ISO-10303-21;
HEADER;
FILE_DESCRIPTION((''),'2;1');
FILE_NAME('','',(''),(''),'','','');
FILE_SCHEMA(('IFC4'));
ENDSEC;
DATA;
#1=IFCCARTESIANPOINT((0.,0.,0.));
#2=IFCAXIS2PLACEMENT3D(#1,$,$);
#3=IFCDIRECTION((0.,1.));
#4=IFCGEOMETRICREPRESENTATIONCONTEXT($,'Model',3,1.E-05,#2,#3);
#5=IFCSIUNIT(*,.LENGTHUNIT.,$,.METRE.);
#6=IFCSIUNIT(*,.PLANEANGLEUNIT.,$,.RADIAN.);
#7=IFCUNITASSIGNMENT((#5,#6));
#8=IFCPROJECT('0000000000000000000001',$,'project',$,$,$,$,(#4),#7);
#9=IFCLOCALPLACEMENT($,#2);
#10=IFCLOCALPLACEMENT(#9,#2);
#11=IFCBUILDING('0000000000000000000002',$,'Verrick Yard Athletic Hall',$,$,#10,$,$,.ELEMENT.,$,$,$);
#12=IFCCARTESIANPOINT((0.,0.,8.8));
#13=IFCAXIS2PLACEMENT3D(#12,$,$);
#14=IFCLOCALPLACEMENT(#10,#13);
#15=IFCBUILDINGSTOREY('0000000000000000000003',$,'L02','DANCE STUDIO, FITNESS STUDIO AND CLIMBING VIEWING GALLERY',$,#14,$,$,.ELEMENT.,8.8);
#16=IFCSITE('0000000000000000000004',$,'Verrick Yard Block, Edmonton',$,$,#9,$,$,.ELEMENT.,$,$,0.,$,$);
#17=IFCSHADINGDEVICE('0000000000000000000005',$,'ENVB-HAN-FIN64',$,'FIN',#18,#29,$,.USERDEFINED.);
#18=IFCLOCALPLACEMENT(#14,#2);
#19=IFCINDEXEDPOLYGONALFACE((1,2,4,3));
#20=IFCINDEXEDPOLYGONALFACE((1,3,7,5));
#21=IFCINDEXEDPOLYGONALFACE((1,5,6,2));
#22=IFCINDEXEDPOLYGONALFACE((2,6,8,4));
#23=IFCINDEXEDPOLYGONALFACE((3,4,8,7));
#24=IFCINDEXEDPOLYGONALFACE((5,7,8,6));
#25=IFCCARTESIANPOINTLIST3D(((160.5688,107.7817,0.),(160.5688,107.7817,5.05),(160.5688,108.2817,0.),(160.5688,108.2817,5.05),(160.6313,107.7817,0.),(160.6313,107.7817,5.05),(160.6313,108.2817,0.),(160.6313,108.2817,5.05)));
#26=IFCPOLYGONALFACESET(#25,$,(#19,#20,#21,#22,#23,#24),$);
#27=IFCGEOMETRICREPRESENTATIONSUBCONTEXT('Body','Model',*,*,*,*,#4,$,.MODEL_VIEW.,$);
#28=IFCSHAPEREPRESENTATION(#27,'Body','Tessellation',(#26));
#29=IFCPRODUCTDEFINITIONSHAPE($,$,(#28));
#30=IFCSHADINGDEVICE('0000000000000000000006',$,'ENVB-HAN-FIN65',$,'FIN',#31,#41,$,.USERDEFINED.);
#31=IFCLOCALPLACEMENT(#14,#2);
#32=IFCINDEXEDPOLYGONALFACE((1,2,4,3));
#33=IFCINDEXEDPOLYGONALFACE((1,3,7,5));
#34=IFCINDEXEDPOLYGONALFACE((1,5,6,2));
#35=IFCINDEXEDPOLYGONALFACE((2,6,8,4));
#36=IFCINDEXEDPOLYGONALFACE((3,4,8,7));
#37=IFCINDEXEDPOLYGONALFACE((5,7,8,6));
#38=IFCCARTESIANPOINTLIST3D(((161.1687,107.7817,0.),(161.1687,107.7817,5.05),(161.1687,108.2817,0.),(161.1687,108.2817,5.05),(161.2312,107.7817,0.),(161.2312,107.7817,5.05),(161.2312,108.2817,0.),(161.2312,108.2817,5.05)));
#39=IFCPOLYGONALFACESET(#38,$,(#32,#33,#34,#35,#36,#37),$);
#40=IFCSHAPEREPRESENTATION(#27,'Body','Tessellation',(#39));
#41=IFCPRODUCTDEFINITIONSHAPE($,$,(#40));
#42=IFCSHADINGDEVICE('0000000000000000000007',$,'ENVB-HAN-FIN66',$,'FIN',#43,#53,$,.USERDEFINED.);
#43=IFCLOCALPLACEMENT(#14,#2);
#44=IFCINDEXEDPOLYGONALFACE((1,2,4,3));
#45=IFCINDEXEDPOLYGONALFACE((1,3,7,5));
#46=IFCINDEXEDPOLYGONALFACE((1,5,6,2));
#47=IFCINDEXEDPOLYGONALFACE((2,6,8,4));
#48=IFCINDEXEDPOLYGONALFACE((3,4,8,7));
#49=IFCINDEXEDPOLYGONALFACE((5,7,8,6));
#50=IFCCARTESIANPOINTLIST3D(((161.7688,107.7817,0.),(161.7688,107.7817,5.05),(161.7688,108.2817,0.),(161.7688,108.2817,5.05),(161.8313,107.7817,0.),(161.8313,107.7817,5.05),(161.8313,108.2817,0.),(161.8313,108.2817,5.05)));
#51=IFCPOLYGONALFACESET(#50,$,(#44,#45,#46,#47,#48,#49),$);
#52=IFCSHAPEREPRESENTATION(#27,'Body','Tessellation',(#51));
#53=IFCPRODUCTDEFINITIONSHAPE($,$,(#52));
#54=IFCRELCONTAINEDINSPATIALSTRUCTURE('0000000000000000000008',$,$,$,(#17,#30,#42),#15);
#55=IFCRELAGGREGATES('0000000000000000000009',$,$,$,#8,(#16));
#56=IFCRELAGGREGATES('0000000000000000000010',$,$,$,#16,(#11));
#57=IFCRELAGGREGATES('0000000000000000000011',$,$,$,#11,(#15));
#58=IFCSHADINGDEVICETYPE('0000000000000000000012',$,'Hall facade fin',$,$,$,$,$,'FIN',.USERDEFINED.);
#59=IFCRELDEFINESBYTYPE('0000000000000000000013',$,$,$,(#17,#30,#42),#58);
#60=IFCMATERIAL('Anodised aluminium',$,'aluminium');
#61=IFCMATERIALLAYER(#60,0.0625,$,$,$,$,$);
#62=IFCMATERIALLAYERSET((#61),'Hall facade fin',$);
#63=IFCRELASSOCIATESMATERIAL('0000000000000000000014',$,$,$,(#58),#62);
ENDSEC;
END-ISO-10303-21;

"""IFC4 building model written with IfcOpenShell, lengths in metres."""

from ifc_helpers import new_model, si_unit, direction, frame, origin, place, context, subcontext, project, spatial, polyline, outline, extrude, material, layer, layer_set, type_object, element, save


model = new_model("IFC4")

# Units and contexts
model_context = context("Model", 3, precision=1e-05, world=origin(), true_north=direction((0.0, 1.0)))
body_context = subcontext(model_context, "Body", "Model", "MODEL_VIEW")
ifc_project = project(units=[si_unit("LENGTHUNIT", "METRE"), si_unit("PLANEANGLEUNIT", "RADIAN")], contexts=[model_context])

# Site, building, storey
site_placement = place(None, origin())
site = spatial("IfcSite", under=ifc_project, at=site_placement, Name="Verrick Yard Block, Edmonton", CompositionType="ELEMENT", RefElevation=0.0)
building_placement = place(site_placement, origin())
building = spatial("IfcBuilding", under=site, at=building_placement, Name="Verrick Yard Athletic Hall", CompositionType="ELEMENT")
storey_placement = place(building_placement, frame((0.0, 0.0, 8.8)))
storey = spatial("IfcBuildingStorey", under=building, at=storey_placement, Name="L02", Description="DANCE STUDIO, FITNESS STUDIO AND CLIMBING VIEWING GALLERY", CompositionType="ELEMENT", Elevation=8.8)

# Shared definitions
ifc_material_1 = material(Name="Anodised aluminium", Category="aluminium")

# Shading devices
ifc_layer_1 = layer(ifc_material_1, 0.0625)
ifc_layer_set_1 = layer_set([ifc_layer_1], Name="Hall facade fin")
shading_device_type = type_object("IfcShadingDeviceType", Name="Hall facade fin", ElementType="FIN", PredefinedType="USERDEFINED", material=ifc_layer_set_1)
for number, where, z_axis, x_axis, name in (
    (1, (160.6001, 107.7817, 0.0), (0.0, 0.0, 1.0), (0.0, 1.0, 0.0), "ENVB-HAN-FIN64"),
    (2, (161.2, 107.7817, 0.0), (0.0, 0.0, 1.0), (0.0, 1.0, 0.0), "ENVB-HAN-FIN65"),
    (3, (161.8, 107.7817, 0.0), (0.0, 0.0, 1.0), (0.0, 1.0, 0.0), "ENVB-HAN-FIN66"),
):
    element("IfcShadingDevice", number, at=place(storey_placement, frame(where, z_axis=z_axis, x_axis=x_axis)), inside=storey, type_object=shading_device_type, Name=name, ObjectType="FIN", PredefinedType="USERDEFINED", context=body_context, shape_type="SweptSolid", body=[
        extrude(outline(polyline([(0.0, 0.0), (0.5, 0.0), (0.5, 5.05), (0.0, 5.05), (0.0, 0.0)])), frame((0.0, 0.0312, 0.0), z_axis=(0.0, -1.0, 0.0), x_axis=(1.0, 0.0, 0.0)), (0.0, 0.0, 1.0), 0.0625),
    ])

save(model, "model.ifc")
